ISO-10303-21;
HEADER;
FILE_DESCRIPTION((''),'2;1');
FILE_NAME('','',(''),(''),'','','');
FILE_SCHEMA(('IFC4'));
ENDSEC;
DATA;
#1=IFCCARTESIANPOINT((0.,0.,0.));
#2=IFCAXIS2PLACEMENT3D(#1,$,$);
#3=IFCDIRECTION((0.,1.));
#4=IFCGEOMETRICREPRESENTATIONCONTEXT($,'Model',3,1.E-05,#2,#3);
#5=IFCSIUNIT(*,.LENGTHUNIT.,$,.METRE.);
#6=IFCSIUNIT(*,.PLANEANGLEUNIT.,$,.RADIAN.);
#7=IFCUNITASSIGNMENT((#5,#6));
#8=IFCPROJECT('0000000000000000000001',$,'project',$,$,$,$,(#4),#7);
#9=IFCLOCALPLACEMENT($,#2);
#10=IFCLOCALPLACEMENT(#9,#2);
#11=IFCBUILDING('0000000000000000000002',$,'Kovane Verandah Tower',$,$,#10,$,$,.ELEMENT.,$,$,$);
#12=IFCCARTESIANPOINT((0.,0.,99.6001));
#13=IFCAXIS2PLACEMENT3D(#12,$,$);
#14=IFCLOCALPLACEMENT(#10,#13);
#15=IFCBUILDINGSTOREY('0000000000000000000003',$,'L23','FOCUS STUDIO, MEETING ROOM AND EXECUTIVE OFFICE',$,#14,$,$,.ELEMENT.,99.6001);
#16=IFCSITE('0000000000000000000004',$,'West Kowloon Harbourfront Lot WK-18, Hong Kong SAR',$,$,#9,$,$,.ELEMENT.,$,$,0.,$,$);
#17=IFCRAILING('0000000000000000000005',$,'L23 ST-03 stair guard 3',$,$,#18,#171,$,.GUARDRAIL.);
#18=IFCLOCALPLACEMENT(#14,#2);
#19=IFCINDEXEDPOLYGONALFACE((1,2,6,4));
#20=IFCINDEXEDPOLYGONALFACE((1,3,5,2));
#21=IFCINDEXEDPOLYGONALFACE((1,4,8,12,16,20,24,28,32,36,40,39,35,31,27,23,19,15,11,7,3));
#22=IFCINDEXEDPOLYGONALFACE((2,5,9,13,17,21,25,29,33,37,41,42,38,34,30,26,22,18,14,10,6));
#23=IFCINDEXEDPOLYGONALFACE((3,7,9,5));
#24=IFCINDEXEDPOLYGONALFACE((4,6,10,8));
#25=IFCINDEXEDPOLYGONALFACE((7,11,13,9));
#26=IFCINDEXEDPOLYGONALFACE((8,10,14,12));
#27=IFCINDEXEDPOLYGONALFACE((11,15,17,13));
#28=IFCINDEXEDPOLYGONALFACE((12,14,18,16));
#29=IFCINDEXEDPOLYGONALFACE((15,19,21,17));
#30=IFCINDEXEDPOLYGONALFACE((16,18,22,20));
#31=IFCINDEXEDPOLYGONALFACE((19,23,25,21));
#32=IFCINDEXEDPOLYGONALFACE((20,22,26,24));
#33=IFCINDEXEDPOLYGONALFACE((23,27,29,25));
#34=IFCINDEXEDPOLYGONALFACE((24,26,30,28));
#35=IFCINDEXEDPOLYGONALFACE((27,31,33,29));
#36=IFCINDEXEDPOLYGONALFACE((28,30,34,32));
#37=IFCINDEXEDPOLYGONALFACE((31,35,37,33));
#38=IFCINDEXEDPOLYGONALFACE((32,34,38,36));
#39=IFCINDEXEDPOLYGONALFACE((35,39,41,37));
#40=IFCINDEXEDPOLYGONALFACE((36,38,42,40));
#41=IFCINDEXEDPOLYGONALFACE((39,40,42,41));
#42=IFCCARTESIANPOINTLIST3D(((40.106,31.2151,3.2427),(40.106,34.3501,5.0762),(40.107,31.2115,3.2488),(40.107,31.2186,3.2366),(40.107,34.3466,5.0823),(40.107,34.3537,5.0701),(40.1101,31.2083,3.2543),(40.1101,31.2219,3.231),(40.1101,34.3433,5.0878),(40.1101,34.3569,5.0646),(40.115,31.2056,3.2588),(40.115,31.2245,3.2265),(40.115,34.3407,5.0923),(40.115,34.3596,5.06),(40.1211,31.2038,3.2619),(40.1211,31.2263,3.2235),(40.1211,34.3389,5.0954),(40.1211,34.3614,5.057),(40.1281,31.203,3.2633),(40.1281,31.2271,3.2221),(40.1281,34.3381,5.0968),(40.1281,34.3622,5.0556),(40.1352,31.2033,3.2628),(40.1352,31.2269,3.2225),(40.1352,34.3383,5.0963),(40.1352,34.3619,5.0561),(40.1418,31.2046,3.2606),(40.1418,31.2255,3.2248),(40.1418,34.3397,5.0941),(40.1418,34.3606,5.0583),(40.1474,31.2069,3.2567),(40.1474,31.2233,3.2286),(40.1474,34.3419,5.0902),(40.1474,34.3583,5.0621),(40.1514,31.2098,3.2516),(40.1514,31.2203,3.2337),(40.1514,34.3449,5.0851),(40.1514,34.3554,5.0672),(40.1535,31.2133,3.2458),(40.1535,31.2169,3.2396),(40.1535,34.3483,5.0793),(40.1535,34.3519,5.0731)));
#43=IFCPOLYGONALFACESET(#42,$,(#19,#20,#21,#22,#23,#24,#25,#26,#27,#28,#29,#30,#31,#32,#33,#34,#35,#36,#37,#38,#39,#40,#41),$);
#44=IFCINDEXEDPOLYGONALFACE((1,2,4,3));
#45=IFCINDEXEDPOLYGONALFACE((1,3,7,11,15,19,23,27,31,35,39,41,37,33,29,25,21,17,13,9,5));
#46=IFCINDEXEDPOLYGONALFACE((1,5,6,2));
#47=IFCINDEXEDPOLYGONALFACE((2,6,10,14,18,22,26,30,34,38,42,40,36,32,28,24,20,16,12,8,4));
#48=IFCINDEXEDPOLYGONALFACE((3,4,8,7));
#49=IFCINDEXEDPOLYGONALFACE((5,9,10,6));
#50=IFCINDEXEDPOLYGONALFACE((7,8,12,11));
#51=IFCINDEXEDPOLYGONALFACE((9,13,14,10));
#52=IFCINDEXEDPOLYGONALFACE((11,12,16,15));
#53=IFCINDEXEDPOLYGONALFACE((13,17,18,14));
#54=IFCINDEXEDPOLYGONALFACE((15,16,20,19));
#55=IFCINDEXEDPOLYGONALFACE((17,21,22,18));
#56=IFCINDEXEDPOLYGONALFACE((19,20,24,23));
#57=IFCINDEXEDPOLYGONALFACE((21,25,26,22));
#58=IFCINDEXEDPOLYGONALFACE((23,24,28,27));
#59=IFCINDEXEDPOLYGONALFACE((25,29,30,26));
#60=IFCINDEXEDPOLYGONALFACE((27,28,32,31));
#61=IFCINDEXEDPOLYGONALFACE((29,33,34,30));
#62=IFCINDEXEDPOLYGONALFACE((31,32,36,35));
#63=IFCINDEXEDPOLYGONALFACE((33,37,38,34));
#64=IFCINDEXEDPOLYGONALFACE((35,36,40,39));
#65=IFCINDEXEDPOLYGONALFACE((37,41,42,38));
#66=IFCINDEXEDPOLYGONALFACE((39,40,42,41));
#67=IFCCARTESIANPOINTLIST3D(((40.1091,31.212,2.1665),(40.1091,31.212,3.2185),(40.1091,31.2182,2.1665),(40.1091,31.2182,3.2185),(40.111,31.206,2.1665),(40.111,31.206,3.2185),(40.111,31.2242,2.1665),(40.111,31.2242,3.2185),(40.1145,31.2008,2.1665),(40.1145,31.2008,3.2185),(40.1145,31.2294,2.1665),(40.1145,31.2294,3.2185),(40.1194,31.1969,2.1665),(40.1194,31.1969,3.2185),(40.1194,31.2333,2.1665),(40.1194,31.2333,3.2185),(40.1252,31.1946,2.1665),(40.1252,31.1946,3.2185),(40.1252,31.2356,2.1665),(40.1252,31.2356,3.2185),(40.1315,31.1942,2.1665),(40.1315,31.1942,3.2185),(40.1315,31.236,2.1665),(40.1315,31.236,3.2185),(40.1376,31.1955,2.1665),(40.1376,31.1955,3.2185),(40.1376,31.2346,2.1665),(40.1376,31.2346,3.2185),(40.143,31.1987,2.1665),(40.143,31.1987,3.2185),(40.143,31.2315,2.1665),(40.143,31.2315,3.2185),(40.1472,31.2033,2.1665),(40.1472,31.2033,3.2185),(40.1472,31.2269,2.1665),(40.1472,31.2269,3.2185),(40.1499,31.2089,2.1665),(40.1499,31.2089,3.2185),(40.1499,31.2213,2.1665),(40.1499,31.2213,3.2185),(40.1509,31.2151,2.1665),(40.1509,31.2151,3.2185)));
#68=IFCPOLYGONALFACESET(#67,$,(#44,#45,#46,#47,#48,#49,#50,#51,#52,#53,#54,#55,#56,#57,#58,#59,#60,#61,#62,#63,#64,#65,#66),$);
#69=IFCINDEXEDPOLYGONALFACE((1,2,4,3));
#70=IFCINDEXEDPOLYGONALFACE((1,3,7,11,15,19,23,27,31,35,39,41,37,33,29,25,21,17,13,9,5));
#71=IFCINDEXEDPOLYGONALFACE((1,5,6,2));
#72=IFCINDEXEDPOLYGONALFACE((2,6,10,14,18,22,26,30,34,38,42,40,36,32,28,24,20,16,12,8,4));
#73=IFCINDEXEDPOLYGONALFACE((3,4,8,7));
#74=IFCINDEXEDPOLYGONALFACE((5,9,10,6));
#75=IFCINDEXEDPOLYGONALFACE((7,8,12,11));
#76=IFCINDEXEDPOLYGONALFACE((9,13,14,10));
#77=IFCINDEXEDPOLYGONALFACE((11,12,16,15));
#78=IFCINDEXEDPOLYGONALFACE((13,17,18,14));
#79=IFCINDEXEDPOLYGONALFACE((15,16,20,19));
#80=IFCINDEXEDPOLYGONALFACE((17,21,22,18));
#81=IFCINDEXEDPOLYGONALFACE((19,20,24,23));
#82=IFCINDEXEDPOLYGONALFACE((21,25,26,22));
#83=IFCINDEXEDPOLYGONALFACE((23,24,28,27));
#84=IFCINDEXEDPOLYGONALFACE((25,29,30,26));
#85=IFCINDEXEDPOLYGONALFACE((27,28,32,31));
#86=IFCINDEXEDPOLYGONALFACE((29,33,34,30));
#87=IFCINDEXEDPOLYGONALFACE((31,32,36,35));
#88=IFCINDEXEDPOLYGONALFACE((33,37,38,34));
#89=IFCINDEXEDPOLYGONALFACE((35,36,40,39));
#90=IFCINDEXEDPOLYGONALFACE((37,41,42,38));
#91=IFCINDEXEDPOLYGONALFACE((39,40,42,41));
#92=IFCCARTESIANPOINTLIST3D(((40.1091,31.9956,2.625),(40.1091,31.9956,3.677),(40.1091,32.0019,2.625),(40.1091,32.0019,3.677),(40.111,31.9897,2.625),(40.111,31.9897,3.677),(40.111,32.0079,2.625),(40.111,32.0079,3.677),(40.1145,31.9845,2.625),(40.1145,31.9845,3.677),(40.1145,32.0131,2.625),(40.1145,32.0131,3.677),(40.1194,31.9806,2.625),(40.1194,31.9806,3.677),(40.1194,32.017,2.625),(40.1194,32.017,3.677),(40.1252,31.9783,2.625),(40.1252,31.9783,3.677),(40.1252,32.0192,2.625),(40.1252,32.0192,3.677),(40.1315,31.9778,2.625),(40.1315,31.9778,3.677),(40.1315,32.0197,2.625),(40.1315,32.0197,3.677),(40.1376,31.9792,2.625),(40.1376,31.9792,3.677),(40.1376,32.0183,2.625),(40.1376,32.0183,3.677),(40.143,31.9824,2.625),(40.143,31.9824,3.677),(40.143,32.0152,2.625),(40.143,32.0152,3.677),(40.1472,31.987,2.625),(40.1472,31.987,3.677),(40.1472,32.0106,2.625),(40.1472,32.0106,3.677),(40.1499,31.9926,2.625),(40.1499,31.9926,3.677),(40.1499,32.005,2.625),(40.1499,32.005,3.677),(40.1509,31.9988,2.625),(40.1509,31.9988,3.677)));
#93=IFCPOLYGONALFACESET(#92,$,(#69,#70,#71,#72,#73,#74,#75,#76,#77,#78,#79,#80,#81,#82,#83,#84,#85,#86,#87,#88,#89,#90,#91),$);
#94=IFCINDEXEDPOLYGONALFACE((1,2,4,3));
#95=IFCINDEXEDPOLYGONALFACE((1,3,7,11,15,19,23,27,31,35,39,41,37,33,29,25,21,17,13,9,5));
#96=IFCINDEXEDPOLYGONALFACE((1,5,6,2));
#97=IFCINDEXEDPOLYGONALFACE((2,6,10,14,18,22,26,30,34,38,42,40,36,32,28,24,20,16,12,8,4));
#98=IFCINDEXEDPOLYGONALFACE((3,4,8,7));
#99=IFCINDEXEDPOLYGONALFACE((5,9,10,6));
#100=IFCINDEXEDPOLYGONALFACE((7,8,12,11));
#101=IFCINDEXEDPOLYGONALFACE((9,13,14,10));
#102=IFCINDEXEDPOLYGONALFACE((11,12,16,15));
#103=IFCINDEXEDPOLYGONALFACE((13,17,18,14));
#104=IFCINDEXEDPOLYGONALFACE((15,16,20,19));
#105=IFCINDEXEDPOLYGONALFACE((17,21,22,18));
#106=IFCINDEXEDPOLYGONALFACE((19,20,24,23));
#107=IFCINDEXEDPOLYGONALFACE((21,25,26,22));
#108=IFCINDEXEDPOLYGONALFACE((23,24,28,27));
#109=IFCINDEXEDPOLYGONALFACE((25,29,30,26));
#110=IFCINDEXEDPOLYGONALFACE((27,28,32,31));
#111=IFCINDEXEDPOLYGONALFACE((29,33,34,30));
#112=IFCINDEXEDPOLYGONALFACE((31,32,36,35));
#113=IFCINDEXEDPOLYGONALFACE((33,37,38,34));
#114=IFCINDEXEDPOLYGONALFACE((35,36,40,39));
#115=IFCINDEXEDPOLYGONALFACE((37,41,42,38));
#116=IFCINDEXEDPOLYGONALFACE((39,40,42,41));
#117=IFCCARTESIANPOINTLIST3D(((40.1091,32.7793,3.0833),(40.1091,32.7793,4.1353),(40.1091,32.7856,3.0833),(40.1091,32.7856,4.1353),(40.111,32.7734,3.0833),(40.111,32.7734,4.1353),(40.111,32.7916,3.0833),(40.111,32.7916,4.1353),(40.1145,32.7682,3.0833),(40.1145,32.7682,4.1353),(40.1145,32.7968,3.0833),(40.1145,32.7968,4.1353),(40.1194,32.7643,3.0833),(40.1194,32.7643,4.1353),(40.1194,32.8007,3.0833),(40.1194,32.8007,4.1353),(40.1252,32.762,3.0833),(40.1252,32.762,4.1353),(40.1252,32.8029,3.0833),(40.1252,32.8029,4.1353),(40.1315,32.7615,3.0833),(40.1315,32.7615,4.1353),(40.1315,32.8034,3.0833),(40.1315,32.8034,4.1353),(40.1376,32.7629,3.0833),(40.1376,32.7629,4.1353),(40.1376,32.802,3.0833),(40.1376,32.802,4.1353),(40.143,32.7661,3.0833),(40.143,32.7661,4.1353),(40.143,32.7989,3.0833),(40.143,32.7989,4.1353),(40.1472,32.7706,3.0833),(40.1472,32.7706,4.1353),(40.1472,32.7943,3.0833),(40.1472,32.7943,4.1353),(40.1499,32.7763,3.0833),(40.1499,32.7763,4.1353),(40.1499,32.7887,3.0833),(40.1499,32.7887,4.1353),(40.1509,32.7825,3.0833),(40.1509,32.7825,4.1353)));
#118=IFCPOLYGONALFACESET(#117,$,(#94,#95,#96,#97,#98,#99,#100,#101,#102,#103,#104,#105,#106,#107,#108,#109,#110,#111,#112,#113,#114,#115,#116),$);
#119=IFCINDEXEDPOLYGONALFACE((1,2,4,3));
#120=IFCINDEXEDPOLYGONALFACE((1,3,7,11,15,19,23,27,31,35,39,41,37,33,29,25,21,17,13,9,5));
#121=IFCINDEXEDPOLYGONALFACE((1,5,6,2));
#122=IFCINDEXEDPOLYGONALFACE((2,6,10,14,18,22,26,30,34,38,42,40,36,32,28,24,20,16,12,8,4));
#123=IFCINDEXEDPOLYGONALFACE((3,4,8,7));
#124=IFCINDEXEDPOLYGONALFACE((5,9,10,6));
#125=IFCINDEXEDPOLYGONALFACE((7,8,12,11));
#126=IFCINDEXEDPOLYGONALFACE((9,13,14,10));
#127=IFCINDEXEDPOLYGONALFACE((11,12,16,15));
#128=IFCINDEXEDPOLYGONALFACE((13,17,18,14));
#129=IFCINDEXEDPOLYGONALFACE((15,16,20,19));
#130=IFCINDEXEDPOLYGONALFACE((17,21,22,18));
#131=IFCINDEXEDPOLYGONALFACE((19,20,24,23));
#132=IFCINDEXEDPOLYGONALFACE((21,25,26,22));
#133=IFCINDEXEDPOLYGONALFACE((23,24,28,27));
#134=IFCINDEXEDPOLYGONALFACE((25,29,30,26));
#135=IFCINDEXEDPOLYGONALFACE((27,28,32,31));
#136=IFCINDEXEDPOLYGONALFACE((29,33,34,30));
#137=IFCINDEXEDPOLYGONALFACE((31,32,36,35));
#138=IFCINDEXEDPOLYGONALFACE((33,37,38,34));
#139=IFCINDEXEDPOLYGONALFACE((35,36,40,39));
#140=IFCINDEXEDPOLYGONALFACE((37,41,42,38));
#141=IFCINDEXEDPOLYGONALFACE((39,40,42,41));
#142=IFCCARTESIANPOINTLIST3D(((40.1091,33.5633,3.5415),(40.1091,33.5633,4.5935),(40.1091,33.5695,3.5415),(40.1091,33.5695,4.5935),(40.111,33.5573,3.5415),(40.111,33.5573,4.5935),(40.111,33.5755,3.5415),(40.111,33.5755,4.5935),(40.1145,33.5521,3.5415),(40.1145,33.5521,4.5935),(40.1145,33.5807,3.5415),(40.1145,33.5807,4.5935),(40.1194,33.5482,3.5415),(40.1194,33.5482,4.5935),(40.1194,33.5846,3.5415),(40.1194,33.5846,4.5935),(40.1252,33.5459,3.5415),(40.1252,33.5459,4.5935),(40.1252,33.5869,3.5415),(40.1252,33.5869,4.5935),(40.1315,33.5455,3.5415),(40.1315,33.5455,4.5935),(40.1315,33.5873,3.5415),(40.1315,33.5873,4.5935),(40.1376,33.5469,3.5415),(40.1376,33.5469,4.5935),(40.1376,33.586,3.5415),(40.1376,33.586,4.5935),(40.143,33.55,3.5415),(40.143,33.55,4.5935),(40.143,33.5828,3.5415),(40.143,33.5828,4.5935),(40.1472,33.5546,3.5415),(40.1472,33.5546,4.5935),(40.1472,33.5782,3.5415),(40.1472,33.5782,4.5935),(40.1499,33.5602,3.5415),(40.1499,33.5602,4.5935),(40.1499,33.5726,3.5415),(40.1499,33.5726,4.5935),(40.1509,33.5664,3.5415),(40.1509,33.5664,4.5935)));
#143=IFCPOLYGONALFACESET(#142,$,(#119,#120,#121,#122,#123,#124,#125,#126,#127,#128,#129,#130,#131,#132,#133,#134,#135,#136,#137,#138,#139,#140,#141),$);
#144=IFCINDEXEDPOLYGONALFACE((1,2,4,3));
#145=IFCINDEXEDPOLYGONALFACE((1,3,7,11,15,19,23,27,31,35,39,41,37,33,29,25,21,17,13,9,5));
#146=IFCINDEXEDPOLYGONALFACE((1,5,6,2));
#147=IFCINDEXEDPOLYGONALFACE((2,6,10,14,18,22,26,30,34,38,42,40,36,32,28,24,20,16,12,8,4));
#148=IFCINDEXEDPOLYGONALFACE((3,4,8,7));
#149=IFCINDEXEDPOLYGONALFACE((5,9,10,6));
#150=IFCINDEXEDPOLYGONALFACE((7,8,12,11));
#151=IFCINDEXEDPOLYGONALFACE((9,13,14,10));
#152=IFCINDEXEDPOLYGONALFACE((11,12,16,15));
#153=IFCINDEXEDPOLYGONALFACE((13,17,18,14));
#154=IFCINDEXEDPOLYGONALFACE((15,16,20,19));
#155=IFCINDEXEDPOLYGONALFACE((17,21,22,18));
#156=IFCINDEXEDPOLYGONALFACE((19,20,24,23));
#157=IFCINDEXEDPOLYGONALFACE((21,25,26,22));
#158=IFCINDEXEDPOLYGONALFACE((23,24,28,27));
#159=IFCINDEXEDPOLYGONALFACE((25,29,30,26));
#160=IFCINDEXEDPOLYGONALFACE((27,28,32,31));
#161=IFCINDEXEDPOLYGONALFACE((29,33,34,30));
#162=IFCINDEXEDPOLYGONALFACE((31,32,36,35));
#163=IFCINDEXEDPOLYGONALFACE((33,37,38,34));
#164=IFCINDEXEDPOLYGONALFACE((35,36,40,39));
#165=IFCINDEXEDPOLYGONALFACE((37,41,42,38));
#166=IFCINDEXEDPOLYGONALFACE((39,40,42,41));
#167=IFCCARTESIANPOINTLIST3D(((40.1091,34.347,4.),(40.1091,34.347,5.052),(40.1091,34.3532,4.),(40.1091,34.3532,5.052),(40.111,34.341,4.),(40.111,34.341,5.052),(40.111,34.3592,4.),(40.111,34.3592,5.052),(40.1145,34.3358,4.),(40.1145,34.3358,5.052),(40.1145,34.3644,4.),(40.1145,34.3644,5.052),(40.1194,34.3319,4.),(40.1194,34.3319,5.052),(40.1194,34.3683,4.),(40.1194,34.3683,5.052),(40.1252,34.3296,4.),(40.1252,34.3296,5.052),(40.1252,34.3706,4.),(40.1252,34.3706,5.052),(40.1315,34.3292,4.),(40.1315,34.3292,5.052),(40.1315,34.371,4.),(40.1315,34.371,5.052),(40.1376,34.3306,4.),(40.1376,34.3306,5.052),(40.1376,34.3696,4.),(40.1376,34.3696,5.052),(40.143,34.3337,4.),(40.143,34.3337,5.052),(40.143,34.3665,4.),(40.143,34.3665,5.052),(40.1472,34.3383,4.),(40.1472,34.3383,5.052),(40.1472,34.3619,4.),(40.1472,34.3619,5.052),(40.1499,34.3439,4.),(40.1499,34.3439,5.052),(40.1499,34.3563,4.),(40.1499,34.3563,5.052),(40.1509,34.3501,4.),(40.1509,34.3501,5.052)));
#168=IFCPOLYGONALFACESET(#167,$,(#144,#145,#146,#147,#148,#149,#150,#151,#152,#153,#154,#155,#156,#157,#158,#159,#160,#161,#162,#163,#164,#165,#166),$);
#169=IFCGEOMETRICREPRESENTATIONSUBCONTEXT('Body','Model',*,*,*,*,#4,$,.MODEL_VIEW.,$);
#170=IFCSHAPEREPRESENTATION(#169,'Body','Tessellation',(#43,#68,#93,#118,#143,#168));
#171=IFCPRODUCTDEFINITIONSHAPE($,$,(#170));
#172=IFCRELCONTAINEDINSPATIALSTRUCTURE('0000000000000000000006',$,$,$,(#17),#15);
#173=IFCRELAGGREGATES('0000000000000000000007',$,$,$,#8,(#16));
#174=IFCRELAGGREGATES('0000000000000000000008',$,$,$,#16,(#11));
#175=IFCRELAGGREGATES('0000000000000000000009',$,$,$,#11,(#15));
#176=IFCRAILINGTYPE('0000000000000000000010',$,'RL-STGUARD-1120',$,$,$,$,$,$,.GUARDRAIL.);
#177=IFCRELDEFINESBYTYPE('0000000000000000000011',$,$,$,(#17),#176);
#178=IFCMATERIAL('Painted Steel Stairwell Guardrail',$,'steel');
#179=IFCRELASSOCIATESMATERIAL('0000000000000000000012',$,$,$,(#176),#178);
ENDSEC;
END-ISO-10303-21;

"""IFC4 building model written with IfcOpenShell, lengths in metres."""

from ifc_helpers import new_model, si_unit, direction, frame, origin, origin_2d, place, context, subcontext, project, spatial, circle, extrude, material, type_object, element, save


model = new_model("IFC4")

# Units and contexts
model_context = context("Model", 3, precision=1e-05, world=origin(), true_north=direction((0.0, 1.0)))
body_context = subcontext(model_context, "Body", "Model", "MODEL_VIEW")
ifc_project = project(units=[si_unit("LENGTHUNIT", "METRE"), si_unit("PLANEANGLEUNIT", "RADIAN")], contexts=[model_context])

# Site, building, storey
site_placement = place(None, origin())
site = spatial("IfcSite", under=ifc_project, at=site_placement, Name="West Kowloon Harbourfront Lot WK-18, Hong Kong SAR", CompositionType="ELEMENT", RefElevation=0.0)
building_placement = place(site_placement, origin())
building = spatial("IfcBuilding", under=site, at=building_placement, Name="Kovane Verandah Tower", CompositionType="ELEMENT")
storey_placement = place(building_placement, frame((0.0, 0.0, 99.6001)))
storey = spatial("IfcBuildingStorey", under=building, at=storey_placement, Name="L23", Description="FOCUS STUDIO, MEETING ROOM AND EXECUTIVE OFFICE", CompositionType="ELEMENT", Elevation=99.6001)

# Railing
ifc_material_1 = material(Name="Painted Steel Stairwell Guardrail", Category="steel")
railing_type_1 = type_object("IfcRailingType", Name="RL-STGUARD-1120", PredefinedType="GUARDRAIL", material=ifc_material_1)
railing_1_placement = place(storey_placement, frame((40.1299, 31.2151, 2.1665)))
element("IfcRailing", 1, at=railing_1_placement, inside=storey, type_object=railing_type_1, Name="L23 ST-03 stair guard 3", PredefinedType="GUARDRAIL", context=body_context, shape_type="SweptSolid", body=[
    extrude(circle(Radius=0.0239, at=origin_2d()), frame((0.0, 0.0, 1.0762), z_axis=(0.0, 0.86321, 0.504845), x_axis=(-1.0, 0.0, 0.0)), (0.0, 0.0, 1.0), 3.6318),
    extrude(circle(Radius=0.021, at=origin_2d()), origin(), (0.0, 0.0, 1.0), 1.052),
    extrude(circle(Radius=0.021, at=origin_2d()), frame((0.0, 0.7837, 0.4585)), (0.0, 0.0, 1.0), 1.052),
    extrude(circle(Radius=0.021, at=origin_2d()), frame((0.0, 1.5674, 0.9167)), (0.0, 0.0, 1.0), 1.052),
    extrude(circle(Radius=0.021, at=origin_2d()), frame((0.0, 2.3513, 1.375)), (0.0, 0.0, 1.0), 1.052),
    extrude(circle(Radius=0.021, at=origin_2d()), frame((0.0, 3.135, 1.8335)), (0.0, 0.0, 1.0), 1.052),
])

save(model, "model.ifc")
